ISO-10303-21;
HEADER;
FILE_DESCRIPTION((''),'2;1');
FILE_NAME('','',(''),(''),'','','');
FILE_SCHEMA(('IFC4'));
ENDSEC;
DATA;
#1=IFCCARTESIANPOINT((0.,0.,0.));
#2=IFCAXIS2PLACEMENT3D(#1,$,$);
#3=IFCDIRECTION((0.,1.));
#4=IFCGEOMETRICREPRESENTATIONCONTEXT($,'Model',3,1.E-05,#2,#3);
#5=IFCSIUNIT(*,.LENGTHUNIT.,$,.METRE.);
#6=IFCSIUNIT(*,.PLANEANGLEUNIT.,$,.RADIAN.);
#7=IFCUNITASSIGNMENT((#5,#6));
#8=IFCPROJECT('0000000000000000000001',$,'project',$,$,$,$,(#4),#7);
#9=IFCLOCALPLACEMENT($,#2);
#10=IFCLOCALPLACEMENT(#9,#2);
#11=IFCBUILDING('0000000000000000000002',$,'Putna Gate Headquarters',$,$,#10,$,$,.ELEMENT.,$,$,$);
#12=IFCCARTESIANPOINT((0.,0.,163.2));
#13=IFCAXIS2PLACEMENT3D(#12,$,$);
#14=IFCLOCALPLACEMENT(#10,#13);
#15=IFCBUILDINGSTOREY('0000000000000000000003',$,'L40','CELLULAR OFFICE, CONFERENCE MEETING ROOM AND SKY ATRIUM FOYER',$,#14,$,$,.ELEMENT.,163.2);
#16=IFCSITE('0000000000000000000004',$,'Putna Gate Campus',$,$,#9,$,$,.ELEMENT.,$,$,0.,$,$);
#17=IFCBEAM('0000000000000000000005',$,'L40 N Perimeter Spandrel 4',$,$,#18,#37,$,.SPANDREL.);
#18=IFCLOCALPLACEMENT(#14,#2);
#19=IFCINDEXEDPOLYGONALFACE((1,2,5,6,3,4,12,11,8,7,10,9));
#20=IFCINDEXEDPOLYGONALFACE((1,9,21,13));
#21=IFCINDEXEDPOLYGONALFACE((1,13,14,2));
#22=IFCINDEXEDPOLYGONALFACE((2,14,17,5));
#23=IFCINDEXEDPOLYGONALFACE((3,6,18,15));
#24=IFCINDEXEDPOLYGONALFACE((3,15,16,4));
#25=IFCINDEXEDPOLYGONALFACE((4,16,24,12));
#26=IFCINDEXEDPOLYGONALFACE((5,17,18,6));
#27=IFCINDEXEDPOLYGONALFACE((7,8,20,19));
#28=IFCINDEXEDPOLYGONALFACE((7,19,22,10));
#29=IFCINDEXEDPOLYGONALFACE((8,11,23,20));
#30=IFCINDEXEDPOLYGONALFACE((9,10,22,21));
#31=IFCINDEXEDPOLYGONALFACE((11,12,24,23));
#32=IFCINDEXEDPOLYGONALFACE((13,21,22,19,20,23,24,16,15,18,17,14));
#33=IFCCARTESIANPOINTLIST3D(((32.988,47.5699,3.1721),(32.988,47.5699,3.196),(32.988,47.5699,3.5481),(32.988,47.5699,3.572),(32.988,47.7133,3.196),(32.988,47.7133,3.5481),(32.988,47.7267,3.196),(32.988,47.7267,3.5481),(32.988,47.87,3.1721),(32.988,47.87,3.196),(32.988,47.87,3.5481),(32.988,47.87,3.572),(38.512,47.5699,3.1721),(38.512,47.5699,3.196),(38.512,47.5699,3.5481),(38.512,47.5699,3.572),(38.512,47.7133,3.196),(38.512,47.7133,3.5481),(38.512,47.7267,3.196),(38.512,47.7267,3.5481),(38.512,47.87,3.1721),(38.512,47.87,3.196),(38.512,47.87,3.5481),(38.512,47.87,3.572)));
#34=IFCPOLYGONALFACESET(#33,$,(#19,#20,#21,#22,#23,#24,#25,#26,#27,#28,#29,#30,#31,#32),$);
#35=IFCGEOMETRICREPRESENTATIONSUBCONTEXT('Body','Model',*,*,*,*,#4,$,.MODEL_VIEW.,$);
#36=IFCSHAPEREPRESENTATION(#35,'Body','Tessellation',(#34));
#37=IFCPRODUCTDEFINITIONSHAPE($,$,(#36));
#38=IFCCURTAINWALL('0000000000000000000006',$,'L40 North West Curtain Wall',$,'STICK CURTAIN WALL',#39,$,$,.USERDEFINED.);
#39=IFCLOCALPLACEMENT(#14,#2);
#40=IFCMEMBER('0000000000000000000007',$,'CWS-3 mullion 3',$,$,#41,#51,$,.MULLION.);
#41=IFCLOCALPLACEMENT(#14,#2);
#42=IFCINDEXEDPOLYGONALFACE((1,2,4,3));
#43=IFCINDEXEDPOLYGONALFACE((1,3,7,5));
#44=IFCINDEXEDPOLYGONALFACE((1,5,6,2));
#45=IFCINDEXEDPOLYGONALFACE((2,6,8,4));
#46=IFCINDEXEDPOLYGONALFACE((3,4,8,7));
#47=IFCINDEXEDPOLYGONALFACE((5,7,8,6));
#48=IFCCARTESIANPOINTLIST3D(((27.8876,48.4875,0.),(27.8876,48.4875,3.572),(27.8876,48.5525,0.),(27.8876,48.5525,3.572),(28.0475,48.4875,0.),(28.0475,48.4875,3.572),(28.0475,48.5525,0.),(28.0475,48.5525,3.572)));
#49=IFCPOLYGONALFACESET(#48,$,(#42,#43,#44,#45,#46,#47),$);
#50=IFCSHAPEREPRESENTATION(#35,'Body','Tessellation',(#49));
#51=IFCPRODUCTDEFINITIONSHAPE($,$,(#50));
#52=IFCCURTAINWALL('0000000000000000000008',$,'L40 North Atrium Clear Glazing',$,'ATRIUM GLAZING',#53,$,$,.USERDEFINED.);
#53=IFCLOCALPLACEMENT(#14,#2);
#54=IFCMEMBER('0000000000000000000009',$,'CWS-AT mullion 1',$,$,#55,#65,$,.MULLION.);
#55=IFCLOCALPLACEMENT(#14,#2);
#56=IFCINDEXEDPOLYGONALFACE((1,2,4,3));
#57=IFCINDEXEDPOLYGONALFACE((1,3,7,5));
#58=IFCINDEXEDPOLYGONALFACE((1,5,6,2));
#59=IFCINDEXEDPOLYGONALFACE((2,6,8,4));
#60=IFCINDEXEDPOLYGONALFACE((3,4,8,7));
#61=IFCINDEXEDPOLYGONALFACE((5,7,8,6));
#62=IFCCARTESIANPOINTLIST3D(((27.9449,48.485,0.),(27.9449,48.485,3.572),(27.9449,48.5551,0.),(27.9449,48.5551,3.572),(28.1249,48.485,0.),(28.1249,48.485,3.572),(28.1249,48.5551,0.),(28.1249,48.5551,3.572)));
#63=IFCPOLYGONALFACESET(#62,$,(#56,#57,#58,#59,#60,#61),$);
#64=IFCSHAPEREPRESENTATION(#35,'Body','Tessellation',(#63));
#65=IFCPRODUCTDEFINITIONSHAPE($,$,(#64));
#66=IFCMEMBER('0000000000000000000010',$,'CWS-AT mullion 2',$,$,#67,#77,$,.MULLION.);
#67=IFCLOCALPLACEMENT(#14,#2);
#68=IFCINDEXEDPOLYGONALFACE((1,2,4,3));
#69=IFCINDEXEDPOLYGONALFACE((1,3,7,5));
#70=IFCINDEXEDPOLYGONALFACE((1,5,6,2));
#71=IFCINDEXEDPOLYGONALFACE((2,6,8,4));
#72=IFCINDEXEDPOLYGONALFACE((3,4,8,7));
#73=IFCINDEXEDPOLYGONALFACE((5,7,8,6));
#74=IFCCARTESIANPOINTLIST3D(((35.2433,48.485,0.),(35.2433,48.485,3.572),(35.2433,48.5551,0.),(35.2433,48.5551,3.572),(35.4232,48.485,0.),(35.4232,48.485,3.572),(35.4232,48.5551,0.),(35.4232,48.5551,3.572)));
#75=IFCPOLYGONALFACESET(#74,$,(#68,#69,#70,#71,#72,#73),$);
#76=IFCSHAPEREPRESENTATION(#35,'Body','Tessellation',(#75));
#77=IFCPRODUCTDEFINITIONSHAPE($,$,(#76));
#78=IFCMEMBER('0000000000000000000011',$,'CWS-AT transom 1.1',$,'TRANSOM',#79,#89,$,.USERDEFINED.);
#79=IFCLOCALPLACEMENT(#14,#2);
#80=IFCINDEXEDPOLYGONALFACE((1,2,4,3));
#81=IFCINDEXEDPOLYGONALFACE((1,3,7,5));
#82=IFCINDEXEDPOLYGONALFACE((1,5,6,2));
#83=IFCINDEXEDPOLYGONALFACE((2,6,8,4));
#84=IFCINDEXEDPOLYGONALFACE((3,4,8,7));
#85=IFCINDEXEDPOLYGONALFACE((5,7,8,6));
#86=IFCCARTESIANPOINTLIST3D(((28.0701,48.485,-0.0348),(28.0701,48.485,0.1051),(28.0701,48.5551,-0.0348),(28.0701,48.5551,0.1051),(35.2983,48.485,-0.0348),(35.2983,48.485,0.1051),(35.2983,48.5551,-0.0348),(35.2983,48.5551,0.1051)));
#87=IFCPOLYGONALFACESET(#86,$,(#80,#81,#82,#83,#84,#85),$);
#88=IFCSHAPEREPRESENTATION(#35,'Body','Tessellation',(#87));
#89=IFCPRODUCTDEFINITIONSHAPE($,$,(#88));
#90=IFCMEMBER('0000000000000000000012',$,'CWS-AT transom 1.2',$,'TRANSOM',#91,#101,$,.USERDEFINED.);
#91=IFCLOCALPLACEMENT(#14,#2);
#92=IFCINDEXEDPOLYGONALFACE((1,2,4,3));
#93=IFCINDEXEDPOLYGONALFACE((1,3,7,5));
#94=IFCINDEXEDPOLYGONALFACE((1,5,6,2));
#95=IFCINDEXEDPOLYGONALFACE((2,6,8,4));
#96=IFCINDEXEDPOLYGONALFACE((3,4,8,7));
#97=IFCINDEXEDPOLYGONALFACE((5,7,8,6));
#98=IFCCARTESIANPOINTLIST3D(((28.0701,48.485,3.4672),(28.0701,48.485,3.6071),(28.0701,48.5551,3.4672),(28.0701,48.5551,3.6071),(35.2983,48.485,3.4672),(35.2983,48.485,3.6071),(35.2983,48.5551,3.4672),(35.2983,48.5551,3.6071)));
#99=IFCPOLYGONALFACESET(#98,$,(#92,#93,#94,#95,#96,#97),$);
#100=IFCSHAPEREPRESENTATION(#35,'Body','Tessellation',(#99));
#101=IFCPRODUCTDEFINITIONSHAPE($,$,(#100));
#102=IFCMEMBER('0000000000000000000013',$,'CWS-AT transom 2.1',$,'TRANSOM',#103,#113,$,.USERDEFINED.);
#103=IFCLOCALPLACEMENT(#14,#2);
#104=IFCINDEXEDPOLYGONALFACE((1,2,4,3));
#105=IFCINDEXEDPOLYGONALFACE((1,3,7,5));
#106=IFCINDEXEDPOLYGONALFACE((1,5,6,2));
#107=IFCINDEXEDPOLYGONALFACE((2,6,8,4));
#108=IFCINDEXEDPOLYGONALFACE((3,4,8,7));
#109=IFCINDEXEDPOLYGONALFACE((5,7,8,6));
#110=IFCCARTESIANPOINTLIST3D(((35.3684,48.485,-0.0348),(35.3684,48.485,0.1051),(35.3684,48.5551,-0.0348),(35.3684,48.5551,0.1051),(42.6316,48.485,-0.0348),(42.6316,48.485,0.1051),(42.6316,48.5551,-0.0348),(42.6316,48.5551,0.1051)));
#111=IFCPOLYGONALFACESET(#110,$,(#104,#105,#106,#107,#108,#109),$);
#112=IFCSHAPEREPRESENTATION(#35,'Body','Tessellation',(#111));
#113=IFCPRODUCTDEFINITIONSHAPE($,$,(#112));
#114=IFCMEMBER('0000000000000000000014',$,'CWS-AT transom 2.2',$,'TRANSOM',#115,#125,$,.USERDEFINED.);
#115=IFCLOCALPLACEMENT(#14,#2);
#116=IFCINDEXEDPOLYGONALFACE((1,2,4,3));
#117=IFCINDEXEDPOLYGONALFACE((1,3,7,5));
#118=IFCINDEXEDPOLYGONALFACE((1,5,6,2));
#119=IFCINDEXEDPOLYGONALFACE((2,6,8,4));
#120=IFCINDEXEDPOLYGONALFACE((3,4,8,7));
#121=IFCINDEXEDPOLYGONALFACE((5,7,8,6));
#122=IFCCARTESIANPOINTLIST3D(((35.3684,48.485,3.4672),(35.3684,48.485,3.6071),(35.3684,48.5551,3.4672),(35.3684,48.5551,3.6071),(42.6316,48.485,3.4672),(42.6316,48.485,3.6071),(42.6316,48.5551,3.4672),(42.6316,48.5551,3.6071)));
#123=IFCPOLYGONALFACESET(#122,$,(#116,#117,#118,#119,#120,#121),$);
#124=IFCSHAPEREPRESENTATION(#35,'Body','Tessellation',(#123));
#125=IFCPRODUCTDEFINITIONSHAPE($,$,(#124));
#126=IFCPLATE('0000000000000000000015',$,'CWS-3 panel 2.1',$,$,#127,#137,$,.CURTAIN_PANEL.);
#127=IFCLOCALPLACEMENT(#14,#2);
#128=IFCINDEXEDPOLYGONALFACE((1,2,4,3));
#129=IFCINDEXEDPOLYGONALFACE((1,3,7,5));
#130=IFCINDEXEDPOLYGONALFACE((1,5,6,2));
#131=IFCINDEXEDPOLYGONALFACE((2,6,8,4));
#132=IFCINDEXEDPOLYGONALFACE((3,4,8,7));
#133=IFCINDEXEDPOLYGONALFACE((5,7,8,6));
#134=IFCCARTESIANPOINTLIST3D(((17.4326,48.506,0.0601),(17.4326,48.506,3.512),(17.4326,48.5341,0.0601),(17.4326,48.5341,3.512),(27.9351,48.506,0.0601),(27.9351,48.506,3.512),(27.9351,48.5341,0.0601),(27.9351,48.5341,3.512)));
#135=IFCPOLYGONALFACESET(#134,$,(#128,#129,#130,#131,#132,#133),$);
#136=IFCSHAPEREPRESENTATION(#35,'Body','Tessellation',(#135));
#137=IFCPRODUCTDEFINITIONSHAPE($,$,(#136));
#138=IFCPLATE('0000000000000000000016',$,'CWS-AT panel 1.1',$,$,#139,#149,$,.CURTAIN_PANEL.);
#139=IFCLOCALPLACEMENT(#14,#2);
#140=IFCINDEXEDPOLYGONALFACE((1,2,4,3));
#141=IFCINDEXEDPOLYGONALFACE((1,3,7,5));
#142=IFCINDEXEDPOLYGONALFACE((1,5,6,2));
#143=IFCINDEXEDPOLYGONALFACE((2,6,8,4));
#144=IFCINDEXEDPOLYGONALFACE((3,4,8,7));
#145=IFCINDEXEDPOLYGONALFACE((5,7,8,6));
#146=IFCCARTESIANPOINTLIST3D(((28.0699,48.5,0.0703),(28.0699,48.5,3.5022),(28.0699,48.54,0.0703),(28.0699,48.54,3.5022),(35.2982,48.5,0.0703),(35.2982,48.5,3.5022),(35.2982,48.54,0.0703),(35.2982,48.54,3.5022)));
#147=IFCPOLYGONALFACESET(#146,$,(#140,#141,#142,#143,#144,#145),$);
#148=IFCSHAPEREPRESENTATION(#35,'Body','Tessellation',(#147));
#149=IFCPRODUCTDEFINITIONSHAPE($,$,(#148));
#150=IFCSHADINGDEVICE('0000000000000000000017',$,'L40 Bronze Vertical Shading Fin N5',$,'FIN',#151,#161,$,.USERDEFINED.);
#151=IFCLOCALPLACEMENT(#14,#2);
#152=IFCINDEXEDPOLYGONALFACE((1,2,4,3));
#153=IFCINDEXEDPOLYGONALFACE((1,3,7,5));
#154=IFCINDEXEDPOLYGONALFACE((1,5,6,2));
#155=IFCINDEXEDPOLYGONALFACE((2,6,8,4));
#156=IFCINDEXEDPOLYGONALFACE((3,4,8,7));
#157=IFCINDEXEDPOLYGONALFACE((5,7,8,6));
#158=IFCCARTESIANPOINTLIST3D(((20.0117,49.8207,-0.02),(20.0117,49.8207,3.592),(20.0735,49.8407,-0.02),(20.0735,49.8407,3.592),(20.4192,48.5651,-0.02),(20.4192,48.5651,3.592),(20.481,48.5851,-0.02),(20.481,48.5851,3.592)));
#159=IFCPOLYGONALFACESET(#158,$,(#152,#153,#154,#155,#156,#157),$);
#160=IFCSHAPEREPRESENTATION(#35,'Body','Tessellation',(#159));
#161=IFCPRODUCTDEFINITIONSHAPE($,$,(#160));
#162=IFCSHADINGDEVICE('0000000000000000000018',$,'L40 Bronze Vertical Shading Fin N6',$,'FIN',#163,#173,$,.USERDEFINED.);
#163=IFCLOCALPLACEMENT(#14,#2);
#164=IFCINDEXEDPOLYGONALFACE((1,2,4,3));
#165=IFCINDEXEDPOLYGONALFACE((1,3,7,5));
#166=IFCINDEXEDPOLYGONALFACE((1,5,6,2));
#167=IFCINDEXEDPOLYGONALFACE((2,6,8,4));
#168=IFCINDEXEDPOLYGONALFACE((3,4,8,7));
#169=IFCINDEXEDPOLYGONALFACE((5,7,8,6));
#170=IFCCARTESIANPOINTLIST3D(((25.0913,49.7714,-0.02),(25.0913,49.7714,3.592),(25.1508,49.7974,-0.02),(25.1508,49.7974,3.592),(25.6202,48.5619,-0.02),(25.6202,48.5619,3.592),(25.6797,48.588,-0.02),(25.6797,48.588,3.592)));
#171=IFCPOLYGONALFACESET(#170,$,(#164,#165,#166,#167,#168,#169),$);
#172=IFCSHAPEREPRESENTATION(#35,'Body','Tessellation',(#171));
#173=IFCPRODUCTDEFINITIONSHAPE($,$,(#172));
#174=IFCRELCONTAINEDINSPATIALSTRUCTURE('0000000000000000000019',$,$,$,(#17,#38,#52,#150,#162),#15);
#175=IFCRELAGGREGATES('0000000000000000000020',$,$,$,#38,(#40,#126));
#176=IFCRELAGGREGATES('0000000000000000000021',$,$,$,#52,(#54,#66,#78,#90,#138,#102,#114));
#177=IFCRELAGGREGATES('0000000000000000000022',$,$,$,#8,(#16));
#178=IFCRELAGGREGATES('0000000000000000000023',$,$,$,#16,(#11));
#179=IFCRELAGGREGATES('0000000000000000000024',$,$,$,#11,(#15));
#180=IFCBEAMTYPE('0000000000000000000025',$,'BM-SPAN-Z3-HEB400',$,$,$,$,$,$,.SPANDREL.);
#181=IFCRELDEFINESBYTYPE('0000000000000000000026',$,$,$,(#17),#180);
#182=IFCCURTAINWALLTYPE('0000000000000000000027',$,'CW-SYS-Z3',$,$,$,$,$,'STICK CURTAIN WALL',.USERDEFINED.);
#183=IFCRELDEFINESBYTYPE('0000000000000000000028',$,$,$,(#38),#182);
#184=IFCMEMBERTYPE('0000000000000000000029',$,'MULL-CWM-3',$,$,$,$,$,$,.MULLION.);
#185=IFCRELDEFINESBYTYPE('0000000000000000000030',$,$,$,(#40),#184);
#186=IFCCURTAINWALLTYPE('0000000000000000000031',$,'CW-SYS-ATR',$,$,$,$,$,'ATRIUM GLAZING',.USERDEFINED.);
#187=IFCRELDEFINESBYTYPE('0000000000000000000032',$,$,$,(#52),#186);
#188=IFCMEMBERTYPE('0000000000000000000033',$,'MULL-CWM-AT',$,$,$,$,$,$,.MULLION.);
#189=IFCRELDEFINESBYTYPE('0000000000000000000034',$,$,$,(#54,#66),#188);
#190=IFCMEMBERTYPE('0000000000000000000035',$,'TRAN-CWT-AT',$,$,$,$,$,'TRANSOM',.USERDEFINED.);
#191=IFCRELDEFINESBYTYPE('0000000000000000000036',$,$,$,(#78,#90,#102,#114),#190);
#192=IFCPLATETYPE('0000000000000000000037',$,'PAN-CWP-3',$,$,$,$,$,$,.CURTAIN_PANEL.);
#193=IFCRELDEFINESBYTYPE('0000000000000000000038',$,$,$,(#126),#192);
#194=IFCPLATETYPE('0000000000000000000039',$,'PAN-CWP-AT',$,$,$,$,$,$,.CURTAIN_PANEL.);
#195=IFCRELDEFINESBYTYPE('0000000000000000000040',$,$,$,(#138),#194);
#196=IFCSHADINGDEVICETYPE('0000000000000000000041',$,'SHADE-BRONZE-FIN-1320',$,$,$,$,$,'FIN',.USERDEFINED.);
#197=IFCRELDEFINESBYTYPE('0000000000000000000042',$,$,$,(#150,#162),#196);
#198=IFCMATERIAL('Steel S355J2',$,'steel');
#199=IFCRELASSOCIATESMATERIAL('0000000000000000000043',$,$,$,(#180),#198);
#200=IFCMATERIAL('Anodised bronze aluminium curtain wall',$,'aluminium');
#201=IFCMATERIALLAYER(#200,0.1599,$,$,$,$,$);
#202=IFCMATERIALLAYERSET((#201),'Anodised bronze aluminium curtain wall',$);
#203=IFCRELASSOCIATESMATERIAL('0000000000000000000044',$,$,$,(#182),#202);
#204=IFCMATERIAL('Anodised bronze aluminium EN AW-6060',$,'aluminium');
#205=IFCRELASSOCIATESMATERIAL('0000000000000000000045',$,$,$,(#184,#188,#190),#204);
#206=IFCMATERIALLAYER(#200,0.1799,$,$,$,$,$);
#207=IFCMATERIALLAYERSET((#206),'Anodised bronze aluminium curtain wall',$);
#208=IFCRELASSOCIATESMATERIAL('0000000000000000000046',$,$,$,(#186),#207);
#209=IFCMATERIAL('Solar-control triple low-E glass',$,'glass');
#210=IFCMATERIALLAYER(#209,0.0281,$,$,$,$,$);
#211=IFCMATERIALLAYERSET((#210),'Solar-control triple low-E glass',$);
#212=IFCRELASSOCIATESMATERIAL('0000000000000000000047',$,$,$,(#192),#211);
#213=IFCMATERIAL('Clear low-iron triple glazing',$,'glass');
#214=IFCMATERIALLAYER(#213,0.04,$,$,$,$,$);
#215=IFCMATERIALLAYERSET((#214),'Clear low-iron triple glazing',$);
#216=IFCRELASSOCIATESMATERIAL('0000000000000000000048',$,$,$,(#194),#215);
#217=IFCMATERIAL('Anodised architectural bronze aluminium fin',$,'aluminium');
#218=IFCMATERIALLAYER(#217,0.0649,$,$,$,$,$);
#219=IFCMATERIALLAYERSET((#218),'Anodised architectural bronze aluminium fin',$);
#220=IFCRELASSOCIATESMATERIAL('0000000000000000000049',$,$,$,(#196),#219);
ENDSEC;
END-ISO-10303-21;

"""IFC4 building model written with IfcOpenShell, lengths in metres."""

from ifc_helpers import new_model, si_unit, direction, frame, origin, origin_2d, place, context, subcontext, project, spatial, rectangle, i_section, extrude, material, layer, layer_set, material_profile, profile_set, type_object, element, aggregate, save


model = new_model("IFC4")

# Units and contexts
model_context = context("Model", 3, precision=1e-05, world=origin(), true_north=direction((0.0, 1.0)))
body_context = subcontext(model_context, "Body", "Model", "MODEL_VIEW")
ifc_project = project(units=[si_unit("LENGTHUNIT", "METRE"), si_unit("PLANEANGLEUNIT", "RADIAN")], contexts=[model_context])

# Site, building, storey
site_placement = place(None, origin())
site = spatial("IfcSite", under=ifc_project, at=site_placement, Name="Putna Gate Campus", CompositionType="ELEMENT", RefElevation=0.0)
building_placement = place(site_placement, origin())
building = spatial("IfcBuilding", under=site, at=building_placement, Name="Putna Gate Headquarters", CompositionType="ELEMENT")
storey_placement = place(building_placement, frame((0.0, 0.0, 163.2)))
storey = spatial("IfcBuildingStorey", under=building, at=storey_placement, Name="L40", Description="CELLULAR OFFICE, CONFERENCE MEETING ROOM AND SKY ATRIUM FOYER", CompositionType="ELEMENT", Elevation=163.2)

# Beam
ifc_material_1 = material(Name="Steel S355J2", Category="steel")
ifc_material_profile_1 = material_profile(ifc_material_1, i_section(OverallWidth=0.3, OverallDepth=0.3999, WebThickness=0.0134, FlangeThickness=0.0239, at=origin_2d()), Name="Steel S355J2")
ifc_profile_set_1 = profile_set([ifc_material_profile_1], Name="Steel S355J2")
beam_type_1 = type_object("IfcBeamType", Name="BM-SPAN-Z3-HEB400", PredefinedType="SPANDREL", material=ifc_profile_set_1)
for number, where, z_axis, x_axis, name in (
    (1, (32.988, 47.72, 3.3721), (1.0, 0.0, 0.0), (0.0, 1.0, 0.0), "L40 N Perimeter Spandrel 4"),
):
    element("IfcBeam", number, at=place(storey_placement, frame(where, z_axis=z_axis, x_axis=x_axis)), inside=storey, type_object=beam_type_1, Name=name, PredefinedType="SPANDREL", context=body_context, shape_type="SweptSolid", body=[
        extrude(i_section(OverallWidth=0.3, OverallDepth=0.3999, WebThickness=0.0134, FlangeThickness=0.0239, at=origin_2d()), origin(), (0.0, 0.0, 1.0), 5.5239),
    ])

# Curtain wall, member
ifc_material_2 = material(Name="Anodised bronze aluminium curtain wall", Category="aluminium")
ifc_layer_1 = layer(ifc_material_2, 0.1599)
ifc_layer_set_1 = layer_set([ifc_layer_1], Name="Anodised bronze aluminium curtain wall")
curtain_wall_type_1 = type_object("IfcCurtainWallType", Name="CW-SYS-Z3", ElementType="STICK CURTAIN WALL", PredefinedType="USERDEFINED", material=ifc_layer_set_1)
curtain_wall_1_placement = place(storey_placement, origin())
curtain_wall_1 = element("IfcCurtainWall", 2, at=curtain_wall_1_placement, inside=storey, type_object=curtain_wall_type_1, Name="L40 North West Curtain Wall", ObjectType="STICK CURTAIN WALL", PredefinedType="USERDEFINED")
ifc_material_3 = material(Name="Anodised bronze aluminium EN AW-6060", Category="aluminium")
ifc_material_profile_2 = material_profile(ifc_material_3, rectangle(XDim=0.0649, YDim=0.1599, at=origin_2d()), Name="Anodised bronze aluminium EN AW-6060")
ifc_profile_set_2 = profile_set([ifc_material_profile_2], Name="Anodised bronze aluminium EN AW-6060")
member_type_1 = type_object("IfcMemberType", Name="MULL-CWM-3", PredefinedType="MULLION", material=ifc_profile_set_2)
member_1_placement = place(storey_placement, frame((27.9675, 48.52, 0.0), z_axis=(0.0, 0.0, 1.0), x_axis=(0.0, 1.0, 0.0)))
member_1 = element("IfcMember", 3, at=member_1_placement, type_object=member_type_1, Name="CWS-3 mullion 3", PredefinedType="MULLION", context=body_context, shape_type="SweptSolid", body=[
    extrude(rectangle(XDim=0.0649, YDim=0.1599, at=origin_2d()), origin(), (0.0, 0.0, 1.0), 3.572),
])

# Curtain wall, members
ifc_layer_2 = layer(ifc_material_2, 0.1799)
ifc_layer_set_2 = layer_set([ifc_layer_2], Name="Anodised bronze aluminium curtain wall")
curtain_wall_type_2 = type_object("IfcCurtainWallType", Name="CW-SYS-ATR", ElementType="ATRIUM GLAZING", PredefinedType="USERDEFINED", material=ifc_layer_set_2)
curtain_wall_2_placement = place(storey_placement, origin())
curtain_wall_2 = element("IfcCurtainWall", 4, at=curtain_wall_2_placement, inside=storey, type_object=curtain_wall_type_2, Name="L40 North Atrium Clear Glazing", ObjectType="ATRIUM GLAZING", PredefinedType="USERDEFINED")
ifc_material_profile_3 = material_profile(ifc_material_3, rectangle(XDim=0.0701, YDim=0.1799, at=origin_2d()), Name="Anodised bronze aluminium EN AW-6060")
ifc_profile_set_3 = profile_set([ifc_material_profile_3], Name="Anodised bronze aluminium EN AW-6060")
member_type_2 = type_object("IfcMemberType", Name="MULL-CWM-AT", PredefinedType="MULLION", material=ifc_profile_set_3)
member_2_placement = place(storey_placement, frame((28.0349, 48.52, 0.0), z_axis=(0.0, 0.0, 1.0), x_axis=(0.0, 1.0, 0.0)))
member_2 = element("IfcMember", 5, at=member_2_placement, type_object=member_type_2, Name="CWS-AT mullion 1", PredefinedType="MULLION", context=body_context, shape_type="SweptSolid", body=[
    extrude(rectangle(XDim=0.0701, YDim=0.1799, at=origin_2d()), origin(), (0.0, 0.0, 1.0), 3.572),
])
member_3_placement = place(storey_placement, frame((35.3333, 48.52, 0.0), z_axis=(0.0, 0.0, 1.0), x_axis=(0.0, 1.0, 0.0)))
member_3 = element("IfcMember", 6, at=member_3_placement, type_object=member_type_2, Name="CWS-AT mullion 2", PredefinedType="MULLION", context=body_context, shape_type="SweptSolid", body=[
    extrude(rectangle(XDim=0.0701, YDim=0.1799, at=origin_2d()), origin(), (0.0, 0.0, 1.0), 3.572),
])
ifc_material_profile_4 = material_profile(ifc_material_3, rectangle(XDim=0.0701, YDim=0.1399, at=origin_2d()), Name="Anodised bronze aluminium EN AW-6060")
ifc_profile_set_4 = profile_set([ifc_material_profile_4], Name="Anodised bronze aluminium EN AW-6060")
member_type_3 = type_object("IfcMemberType", Name="TRAN-CWT-AT", ElementType="TRANSOM", PredefinedType="USERDEFINED", material=ifc_profile_set_4)
member_4_placement = place(storey_placement, frame((28.0701, 48.52, 0.0352), z_axis=(1.0, 0.0, 0.0), x_axis=(0.0, 1.0, 0.0)))
member_4 = element("IfcMember", 7, at=member_4_placement, type_object=member_type_3, Name="CWS-AT transom 1.1", ObjectType="TRANSOM", PredefinedType="USERDEFINED", context=body_context, shape_type="SweptSolid", body=[
    extrude(rectangle(XDim=0.0701, YDim=0.1399, at=origin_2d()), origin(), (0.0, 0.0, 1.0), 7.2283),
])
member_5_placement = place(storey_placement, frame((28.0701, 48.52, 3.5371), z_axis=(1.0, 0.0, 0.0), x_axis=(0.0, 1.0, 0.0)))
member_5 = element("IfcMember", 8, at=member_5_placement, type_object=member_type_3, Name="CWS-AT transom 1.2", ObjectType="TRANSOM", PredefinedType="USERDEFINED", context=body_context, shape_type="SweptSolid", body=[
    extrude(rectangle(XDim=0.0701, YDim=0.1399, at=origin_2d()), origin(), (0.0, 0.0, 1.0), 7.2283),
])
member_6_placement = place(storey_placement, frame((35.3684, 48.52, 0.0352), z_axis=(1.0, 0.0, 0.0), x_axis=(0.0, 1.0, 0.0)))
member_6 = element("IfcMember", 9, at=member_6_placement, type_object=member_type_3, Name="CWS-AT transom 2.1", ObjectType="TRANSOM", PredefinedType="USERDEFINED", context=body_context, shape_type="SweptSolid", body=[
    extrude(rectangle(XDim=0.0701, YDim=0.1399, at=origin_2d()), origin(), (0.0, 0.0, 1.0), 7.2632),
])
member_7_placement = place(storey_placement, frame((35.3684, 48.52, 3.5371), z_axis=(1.0, 0.0, 0.0), x_axis=(0.0, 1.0, 0.0)))
member_7 = element("IfcMember", 10, at=member_7_placement, type_object=member_type_3, Name="CWS-AT transom 2.2", ObjectType="TRANSOM", PredefinedType="USERDEFINED", context=body_context, shape_type="SweptSolid", body=[
    extrude(rectangle(XDim=0.0701, YDim=0.1399, at=origin_2d()), origin(), (0.0, 0.0, 1.0), 7.2632),
])

# Plates
ifc_material_4 = material(Name="Solar-control triple low-E glass", Category="glass")
ifc_layer_3 = layer(ifc_material_4, 0.0281)
ifc_layer_set_3 = layer_set([ifc_layer_3], Name="Solar-control triple low-E glass")
plate_type_1 = type_object("IfcPlateType", Name="PAN-CWP-3", PredefinedType="CURTAIN_PANEL", material=ifc_layer_set_3)
plate_1_placement = place(storey_placement, frame((22.6838, 48.52, 0.0601), z_axis=(0.0, 0.0, 1.0), x_axis=(1.0, 0.0, 0.0)))
plate_1 = element("IfcPlate", 11, at=plate_1_placement, type_object=plate_type_1, Name="CWS-3 panel 2.1", PredefinedType="CURTAIN_PANEL", context=body_context, shape_type="SweptSolid", body=[
    extrude(rectangle(XDim=10.5024, YDim=0.0281, at=origin_2d()), origin(), (0.0, 0.0, 1.0), 3.4519),
])
aggregate(curtain_wall_1, [member_1, plate_1])
ifc_material_5 = material(Name="Clear low-iron triple glazing", Category="glass")
ifc_layer_4 = layer(ifc_material_5, 0.04)
ifc_layer_set_4 = layer_set([ifc_layer_4], Name="Clear low-iron triple glazing")
plate_type_2 = type_object("IfcPlateType", Name="PAN-CWP-AT", PredefinedType="CURTAIN_PANEL", material=ifc_layer_set_4)
plate_2_placement = place(storey_placement, frame((31.6841, 48.52, 0.0703), z_axis=(0.0, 0.0, 1.0), x_axis=(1.0, 0.0, 0.0)))
plate_2 = element("IfcPlate", 12, at=plate_2_placement, type_object=plate_type_2, Name="CWS-AT panel 1.1", PredefinedType="CURTAIN_PANEL", context=body_context, shape_type="SweptSolid", body=[
    extrude(rectangle(XDim=7.2283, YDim=0.04, at=origin_2d()), origin(), (0.0, 0.0, 1.0), 3.4319),
])
aggregate(curtain_wall_2, [member_2, member_3, member_4, member_5, plate_2, member_6, member_7])

# Shading devices
ifc_material_6 = material(Name="Anodised architectural bronze aluminium fin", Category="aluminium")
ifc_layer_5 = layer(ifc_material_6, 0.0649)
ifc_layer_set_5 = layer_set([ifc_layer_5], Name="Anodised architectural bronze aluminium fin")
shading_device_type = type_object("IfcShadingDeviceType", Name="SHADE-BRONZE-FIN-1320", ElementType="FIN", PredefinedType="USERDEFINED", material=ifc_layer_set_5)
for number, where, z_axis, x_axis, name in (
    (13, (20.2463, 49.2029, -0.02), (0.0, 0.0, 1.0), (-0.308685, 0.951164, 0.0), "L40 Bronze Vertical Shading Fin N5"),
    (14, (25.3855, 49.1797, -0.02), (0.0, 0.0, 1.0), (-0.400669, 0.916223, 0.0), "L40 Bronze Vertical Shading Fin N6"),
):
    element("IfcShadingDevice", number, at=place(storey_placement, frame(where, z_axis=z_axis, x_axis=x_axis)), inside=storey, type_object=shading_device_type, Name=name, ObjectType="FIN", PredefinedType="USERDEFINED", context=body_context, shape_type="SweptSolid", body=[
        extrude(rectangle(XDim=1.3201, YDim=0.0649, at=origin_2d()), origin(), (0.0, 0.0, 1.0), 3.6121),
    ])

save(model, "model.ifc")
